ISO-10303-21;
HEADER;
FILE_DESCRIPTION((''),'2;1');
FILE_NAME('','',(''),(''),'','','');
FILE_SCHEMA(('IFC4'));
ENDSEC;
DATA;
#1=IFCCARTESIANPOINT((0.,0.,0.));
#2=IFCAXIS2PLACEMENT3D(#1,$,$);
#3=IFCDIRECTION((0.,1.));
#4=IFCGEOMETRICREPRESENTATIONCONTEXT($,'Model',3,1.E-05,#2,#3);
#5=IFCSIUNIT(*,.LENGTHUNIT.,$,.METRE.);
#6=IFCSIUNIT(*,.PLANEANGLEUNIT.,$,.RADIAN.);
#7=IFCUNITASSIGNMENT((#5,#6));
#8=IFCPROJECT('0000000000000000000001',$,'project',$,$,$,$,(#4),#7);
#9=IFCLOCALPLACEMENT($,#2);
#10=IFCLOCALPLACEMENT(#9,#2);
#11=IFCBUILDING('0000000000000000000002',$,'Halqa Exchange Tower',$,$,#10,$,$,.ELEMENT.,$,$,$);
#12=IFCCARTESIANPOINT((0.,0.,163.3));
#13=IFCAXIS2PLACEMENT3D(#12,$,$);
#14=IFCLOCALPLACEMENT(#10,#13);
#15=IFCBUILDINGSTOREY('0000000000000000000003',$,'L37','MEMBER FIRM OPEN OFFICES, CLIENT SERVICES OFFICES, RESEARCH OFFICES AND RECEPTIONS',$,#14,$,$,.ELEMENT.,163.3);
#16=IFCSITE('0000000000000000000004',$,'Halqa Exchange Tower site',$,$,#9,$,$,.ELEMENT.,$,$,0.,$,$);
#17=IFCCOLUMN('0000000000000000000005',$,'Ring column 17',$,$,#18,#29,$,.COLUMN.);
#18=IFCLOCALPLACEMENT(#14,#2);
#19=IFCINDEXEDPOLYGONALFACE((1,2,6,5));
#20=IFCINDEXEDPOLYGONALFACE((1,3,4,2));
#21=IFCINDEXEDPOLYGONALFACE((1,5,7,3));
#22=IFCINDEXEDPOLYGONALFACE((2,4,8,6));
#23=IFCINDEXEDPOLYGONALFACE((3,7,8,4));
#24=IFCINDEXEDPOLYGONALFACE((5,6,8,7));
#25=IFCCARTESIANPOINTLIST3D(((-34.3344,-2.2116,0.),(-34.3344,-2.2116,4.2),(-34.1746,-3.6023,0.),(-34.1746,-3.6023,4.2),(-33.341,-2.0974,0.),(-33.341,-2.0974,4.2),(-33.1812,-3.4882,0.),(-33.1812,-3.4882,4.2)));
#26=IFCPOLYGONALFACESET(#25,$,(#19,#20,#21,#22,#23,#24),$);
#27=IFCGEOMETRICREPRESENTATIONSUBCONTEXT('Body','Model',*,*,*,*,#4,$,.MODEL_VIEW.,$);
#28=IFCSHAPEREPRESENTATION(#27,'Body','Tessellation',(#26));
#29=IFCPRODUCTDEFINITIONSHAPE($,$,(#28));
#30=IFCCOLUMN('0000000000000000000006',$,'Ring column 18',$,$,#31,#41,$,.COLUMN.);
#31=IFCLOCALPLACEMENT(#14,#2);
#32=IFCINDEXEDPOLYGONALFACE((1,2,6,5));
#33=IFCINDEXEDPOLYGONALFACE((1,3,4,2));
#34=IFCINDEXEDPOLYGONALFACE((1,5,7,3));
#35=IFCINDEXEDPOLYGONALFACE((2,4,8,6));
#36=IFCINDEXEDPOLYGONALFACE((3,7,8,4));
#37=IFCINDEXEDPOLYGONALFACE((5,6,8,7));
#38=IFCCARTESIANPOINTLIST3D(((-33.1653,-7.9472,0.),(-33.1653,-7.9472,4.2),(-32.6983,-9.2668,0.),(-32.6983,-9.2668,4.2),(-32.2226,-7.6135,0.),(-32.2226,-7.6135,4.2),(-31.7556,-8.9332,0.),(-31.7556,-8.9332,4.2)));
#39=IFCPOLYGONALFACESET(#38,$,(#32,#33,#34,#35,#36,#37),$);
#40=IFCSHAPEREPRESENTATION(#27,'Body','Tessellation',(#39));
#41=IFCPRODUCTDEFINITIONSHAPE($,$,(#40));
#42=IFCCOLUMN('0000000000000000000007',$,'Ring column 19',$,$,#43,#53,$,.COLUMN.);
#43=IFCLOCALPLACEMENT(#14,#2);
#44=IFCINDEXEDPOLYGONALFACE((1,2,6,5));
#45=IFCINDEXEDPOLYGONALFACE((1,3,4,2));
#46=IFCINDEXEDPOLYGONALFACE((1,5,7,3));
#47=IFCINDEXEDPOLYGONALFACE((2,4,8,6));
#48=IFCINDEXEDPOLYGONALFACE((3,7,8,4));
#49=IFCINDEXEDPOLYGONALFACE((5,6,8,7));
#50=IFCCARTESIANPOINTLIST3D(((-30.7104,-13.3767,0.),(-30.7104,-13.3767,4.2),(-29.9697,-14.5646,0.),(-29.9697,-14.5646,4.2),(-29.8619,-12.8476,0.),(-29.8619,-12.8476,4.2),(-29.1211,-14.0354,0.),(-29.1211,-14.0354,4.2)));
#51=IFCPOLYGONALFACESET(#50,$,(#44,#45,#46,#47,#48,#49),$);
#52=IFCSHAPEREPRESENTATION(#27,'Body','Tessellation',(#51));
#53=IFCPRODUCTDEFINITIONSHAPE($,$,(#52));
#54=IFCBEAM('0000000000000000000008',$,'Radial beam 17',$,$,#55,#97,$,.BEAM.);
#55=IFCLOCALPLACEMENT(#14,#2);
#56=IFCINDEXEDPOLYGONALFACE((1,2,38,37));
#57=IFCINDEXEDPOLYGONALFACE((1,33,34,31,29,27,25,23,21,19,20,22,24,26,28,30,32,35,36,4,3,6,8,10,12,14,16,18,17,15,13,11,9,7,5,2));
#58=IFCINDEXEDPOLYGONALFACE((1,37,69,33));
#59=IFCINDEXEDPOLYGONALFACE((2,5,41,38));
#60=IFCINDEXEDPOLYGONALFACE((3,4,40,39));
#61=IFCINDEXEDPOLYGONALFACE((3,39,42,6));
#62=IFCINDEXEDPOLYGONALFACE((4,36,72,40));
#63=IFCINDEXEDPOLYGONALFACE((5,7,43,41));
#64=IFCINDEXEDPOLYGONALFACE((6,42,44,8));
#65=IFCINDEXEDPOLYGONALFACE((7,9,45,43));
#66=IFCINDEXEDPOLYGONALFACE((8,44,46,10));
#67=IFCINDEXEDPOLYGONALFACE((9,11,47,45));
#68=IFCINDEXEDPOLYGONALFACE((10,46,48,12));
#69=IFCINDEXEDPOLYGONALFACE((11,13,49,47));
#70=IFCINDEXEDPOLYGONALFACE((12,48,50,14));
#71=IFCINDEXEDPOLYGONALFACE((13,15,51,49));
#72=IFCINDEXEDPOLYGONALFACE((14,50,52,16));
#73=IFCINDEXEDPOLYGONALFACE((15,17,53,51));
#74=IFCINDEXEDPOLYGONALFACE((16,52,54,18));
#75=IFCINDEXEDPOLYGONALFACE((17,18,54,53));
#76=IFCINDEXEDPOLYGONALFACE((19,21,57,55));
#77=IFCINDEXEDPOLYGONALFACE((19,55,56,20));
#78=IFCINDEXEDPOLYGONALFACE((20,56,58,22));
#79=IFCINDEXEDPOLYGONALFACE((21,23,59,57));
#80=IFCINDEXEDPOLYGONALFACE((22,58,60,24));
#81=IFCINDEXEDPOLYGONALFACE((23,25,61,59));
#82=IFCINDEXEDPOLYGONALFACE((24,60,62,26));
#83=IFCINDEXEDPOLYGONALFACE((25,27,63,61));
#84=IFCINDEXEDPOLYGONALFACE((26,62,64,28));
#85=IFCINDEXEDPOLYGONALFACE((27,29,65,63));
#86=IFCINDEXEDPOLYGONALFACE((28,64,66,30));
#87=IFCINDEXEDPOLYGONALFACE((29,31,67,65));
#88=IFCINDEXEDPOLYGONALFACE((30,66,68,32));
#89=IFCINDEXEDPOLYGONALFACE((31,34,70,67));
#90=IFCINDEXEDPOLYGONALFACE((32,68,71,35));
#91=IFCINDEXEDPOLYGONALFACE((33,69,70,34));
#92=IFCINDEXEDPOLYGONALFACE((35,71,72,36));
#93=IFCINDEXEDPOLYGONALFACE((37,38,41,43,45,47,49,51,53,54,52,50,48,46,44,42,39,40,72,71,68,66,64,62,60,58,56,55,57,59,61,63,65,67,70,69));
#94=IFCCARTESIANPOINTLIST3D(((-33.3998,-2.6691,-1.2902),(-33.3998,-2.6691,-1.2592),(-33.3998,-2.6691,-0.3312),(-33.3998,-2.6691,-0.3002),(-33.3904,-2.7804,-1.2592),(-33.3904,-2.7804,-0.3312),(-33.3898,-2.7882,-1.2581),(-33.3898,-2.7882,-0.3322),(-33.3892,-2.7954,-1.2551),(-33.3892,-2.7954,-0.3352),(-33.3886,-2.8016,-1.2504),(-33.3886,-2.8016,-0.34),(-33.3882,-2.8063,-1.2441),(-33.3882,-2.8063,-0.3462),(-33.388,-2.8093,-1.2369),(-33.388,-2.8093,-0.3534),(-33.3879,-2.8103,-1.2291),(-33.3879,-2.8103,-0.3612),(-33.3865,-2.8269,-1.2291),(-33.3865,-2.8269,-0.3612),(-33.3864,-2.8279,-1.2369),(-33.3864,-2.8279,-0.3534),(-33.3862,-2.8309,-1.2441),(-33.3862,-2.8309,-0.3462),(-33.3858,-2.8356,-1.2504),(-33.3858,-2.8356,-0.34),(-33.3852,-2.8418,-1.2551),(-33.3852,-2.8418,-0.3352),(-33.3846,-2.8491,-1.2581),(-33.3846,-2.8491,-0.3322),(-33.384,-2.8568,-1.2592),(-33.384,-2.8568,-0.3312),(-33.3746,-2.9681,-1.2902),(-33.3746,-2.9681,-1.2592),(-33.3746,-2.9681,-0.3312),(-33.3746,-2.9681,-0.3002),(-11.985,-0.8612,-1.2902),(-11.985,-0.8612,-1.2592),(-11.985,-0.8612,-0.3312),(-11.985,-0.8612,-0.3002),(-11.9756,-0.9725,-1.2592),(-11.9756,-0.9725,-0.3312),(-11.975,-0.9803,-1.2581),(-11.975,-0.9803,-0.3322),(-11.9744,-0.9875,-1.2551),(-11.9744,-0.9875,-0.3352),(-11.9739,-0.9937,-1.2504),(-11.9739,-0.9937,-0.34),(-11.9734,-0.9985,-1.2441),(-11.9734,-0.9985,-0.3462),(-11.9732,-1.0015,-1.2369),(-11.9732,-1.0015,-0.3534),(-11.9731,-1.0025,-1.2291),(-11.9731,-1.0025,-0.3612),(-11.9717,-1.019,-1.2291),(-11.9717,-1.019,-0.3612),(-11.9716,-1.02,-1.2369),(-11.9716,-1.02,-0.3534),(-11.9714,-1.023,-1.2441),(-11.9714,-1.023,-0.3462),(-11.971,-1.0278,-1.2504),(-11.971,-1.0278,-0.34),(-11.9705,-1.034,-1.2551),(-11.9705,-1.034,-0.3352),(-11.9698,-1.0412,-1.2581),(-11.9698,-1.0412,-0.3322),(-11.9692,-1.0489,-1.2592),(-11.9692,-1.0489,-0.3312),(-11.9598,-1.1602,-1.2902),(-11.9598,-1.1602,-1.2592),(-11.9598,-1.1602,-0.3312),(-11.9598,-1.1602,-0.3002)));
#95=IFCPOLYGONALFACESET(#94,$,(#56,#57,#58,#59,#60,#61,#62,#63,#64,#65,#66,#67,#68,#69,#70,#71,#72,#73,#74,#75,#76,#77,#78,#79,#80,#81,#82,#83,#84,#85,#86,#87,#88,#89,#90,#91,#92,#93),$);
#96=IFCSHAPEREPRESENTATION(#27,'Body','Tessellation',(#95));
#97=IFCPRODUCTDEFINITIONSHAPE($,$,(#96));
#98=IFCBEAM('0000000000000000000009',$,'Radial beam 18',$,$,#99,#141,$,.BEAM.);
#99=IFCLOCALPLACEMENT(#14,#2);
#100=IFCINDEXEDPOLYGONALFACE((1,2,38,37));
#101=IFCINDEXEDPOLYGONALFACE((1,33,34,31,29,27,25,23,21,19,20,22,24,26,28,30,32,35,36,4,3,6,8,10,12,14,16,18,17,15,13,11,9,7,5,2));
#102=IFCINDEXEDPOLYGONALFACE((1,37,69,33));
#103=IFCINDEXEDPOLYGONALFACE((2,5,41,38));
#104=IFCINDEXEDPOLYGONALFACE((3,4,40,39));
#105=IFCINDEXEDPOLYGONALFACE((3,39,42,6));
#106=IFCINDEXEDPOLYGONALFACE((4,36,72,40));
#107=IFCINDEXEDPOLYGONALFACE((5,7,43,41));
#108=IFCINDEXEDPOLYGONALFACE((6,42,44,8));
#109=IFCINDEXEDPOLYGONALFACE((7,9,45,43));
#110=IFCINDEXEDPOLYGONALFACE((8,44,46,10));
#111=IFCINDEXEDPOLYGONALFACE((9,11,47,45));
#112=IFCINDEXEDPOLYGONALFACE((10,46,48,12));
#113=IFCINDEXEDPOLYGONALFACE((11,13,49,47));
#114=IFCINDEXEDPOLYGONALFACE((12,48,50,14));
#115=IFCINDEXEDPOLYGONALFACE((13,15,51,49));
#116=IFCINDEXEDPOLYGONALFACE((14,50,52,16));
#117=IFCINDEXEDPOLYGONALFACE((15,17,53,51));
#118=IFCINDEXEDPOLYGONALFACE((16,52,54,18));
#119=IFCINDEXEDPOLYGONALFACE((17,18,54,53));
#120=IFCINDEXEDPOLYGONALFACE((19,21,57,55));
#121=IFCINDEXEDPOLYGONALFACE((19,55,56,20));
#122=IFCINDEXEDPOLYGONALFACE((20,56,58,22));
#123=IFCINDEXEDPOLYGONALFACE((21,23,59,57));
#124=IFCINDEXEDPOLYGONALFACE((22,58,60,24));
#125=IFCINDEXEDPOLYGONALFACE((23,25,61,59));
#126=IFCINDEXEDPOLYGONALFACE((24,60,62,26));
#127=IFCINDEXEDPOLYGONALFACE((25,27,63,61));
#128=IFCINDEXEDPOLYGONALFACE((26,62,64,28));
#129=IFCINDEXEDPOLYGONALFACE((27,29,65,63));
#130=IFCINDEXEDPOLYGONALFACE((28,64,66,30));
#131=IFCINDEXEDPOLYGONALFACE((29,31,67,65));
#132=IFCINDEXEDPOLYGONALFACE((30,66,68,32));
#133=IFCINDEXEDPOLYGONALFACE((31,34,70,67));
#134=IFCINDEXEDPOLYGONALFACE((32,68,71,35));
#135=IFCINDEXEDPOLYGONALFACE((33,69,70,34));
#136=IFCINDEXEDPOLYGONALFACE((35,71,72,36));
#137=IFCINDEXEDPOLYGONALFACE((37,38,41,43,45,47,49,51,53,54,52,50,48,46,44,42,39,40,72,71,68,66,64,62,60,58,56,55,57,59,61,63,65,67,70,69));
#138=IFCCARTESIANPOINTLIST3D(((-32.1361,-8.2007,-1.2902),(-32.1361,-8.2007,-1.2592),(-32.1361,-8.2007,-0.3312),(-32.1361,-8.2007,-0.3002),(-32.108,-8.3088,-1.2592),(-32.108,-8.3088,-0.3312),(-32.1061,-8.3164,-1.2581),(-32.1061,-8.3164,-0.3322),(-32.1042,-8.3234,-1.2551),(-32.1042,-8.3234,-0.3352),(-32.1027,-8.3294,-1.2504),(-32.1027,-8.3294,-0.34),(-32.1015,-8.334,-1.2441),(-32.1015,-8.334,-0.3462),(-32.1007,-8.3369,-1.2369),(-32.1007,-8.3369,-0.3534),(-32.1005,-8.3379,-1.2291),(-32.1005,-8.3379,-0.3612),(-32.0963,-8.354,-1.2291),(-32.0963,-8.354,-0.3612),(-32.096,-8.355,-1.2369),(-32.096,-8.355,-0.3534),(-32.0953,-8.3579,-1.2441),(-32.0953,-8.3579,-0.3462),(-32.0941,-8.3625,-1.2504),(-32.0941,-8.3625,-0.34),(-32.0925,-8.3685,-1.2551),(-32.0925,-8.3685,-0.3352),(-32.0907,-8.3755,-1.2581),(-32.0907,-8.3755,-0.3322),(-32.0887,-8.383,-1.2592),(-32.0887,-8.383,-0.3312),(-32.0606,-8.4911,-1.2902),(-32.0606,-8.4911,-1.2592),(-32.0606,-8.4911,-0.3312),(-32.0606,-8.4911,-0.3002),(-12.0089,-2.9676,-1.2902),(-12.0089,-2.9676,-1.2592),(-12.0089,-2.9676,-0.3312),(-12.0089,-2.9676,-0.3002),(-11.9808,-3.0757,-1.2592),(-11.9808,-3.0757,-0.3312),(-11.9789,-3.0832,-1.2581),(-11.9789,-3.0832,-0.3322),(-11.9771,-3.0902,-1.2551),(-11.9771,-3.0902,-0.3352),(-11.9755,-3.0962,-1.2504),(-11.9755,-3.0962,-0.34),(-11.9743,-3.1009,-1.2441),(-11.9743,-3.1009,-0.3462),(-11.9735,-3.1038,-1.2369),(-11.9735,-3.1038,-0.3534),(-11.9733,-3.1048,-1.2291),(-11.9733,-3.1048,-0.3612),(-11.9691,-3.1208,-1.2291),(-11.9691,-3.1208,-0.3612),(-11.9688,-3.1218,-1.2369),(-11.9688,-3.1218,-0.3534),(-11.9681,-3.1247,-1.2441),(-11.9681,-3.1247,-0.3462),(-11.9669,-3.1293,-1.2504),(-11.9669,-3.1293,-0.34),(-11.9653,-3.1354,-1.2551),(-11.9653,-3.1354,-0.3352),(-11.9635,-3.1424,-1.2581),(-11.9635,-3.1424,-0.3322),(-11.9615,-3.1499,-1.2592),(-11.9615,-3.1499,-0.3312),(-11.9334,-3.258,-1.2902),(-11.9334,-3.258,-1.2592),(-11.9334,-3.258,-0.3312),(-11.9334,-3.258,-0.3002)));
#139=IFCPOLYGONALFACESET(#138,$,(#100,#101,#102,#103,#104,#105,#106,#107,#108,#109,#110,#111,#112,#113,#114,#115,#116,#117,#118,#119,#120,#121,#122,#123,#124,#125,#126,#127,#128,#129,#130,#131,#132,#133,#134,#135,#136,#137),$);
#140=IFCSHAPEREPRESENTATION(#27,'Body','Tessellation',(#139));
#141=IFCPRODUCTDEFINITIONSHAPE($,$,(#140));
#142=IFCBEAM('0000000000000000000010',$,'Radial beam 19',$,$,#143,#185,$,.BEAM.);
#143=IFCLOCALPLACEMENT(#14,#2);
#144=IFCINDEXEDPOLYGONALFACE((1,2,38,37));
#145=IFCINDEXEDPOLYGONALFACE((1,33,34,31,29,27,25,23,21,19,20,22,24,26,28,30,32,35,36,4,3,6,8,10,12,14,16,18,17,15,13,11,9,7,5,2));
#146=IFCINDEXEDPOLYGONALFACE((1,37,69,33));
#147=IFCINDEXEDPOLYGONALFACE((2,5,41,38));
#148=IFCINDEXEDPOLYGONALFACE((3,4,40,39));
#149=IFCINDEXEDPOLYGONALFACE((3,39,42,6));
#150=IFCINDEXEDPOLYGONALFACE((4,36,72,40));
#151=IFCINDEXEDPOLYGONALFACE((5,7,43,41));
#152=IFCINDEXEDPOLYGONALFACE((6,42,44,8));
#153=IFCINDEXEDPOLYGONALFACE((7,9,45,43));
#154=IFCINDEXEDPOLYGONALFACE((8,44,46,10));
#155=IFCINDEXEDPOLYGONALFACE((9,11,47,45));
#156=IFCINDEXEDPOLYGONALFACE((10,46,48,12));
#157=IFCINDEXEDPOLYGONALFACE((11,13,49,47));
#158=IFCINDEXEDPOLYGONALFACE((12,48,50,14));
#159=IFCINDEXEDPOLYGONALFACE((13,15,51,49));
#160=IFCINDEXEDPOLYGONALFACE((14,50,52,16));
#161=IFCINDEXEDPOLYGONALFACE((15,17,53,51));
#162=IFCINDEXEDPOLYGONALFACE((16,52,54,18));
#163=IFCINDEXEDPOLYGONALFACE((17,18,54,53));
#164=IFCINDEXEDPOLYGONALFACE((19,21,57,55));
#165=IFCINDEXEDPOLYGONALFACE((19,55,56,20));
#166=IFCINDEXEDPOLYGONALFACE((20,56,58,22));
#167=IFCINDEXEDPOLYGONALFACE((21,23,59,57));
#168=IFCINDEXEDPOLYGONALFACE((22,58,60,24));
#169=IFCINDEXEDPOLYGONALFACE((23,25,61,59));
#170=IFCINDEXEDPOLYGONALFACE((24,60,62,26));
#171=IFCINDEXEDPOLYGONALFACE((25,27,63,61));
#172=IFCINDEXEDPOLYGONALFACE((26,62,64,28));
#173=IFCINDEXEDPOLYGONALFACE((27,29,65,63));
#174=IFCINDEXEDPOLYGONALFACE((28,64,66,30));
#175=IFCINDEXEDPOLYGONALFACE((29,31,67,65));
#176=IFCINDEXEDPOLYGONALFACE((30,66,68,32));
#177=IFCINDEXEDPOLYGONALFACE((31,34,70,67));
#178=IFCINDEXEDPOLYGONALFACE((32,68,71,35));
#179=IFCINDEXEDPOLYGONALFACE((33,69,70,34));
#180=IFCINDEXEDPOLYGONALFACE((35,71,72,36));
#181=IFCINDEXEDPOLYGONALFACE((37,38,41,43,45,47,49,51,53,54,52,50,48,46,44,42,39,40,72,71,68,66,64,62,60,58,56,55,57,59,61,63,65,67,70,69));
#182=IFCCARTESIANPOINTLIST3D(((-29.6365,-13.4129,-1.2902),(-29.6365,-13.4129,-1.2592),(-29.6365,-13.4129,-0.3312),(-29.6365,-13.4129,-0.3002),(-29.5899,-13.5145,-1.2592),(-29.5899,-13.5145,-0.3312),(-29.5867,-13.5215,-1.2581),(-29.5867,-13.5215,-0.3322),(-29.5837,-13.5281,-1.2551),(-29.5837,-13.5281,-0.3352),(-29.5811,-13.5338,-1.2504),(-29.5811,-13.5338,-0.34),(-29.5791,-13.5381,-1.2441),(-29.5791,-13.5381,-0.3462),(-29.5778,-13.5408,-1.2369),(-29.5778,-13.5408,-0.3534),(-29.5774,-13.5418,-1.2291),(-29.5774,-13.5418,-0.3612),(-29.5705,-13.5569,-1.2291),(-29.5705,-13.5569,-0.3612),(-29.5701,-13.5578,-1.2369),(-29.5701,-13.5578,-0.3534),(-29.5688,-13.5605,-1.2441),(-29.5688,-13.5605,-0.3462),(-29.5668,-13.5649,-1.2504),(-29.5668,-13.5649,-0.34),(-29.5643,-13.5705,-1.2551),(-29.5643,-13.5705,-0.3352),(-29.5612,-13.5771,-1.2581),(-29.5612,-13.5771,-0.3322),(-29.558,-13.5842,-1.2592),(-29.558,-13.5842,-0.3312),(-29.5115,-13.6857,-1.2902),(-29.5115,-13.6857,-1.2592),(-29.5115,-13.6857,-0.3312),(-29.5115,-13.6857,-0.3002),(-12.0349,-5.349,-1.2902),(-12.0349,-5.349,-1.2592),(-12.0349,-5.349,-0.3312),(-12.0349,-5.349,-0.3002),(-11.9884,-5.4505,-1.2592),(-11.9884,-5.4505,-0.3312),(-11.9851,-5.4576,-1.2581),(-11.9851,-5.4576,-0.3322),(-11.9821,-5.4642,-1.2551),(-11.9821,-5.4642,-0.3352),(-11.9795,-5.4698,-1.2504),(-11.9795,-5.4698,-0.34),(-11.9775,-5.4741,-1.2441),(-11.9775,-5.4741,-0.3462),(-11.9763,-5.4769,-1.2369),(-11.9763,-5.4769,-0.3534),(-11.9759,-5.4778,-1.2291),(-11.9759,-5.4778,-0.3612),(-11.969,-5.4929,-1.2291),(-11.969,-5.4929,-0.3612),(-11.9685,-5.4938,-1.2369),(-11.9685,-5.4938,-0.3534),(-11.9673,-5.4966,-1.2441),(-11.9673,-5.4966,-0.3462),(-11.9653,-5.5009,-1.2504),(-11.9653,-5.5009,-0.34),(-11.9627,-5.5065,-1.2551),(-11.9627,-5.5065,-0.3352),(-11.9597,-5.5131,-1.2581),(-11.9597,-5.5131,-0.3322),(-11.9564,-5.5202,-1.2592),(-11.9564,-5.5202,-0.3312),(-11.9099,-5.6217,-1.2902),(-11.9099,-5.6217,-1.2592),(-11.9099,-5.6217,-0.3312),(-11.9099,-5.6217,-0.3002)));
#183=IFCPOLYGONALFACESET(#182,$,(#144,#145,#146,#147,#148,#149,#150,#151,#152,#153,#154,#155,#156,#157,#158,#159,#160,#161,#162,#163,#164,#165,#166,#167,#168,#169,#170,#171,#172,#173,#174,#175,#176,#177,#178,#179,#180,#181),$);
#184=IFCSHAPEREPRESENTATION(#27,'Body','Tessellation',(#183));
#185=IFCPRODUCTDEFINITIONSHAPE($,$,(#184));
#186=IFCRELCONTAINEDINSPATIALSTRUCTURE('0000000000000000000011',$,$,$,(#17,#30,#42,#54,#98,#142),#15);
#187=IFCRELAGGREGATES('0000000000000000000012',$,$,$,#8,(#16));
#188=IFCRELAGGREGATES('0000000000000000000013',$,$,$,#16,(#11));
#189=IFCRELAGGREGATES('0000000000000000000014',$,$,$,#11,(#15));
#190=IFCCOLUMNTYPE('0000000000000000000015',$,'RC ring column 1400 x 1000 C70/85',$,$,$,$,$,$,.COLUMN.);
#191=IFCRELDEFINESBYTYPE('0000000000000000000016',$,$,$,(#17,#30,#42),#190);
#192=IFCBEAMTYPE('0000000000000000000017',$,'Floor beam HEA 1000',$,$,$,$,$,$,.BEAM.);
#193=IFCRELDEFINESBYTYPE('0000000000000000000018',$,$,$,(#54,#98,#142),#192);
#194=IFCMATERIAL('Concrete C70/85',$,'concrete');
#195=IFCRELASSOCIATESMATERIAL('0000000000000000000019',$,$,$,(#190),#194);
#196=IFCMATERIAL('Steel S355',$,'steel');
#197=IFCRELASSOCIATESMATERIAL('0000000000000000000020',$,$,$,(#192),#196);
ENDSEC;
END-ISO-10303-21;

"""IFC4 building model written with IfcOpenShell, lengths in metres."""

from ifc_helpers import new_model, si_unit, direction, frame, origin, origin_2d, place, context, subcontext, project, spatial, rectangle, i_section, extrude, material, material_profile, profile_set, type_object, element, save


model = new_model("IFC4")

# Units and contexts
model_context = context("Model", 3, precision=1e-05, world=origin(), true_north=direction((0.0, 1.0)))
body_context = subcontext(model_context, "Body", "Model", "MODEL_VIEW")
ifc_project = project(units=[si_unit("LENGTHUNIT", "METRE"), si_unit("PLANEANGLEUNIT", "RADIAN")], contexts=[model_context])

# Site, building, storey
site_placement = place(None, origin())
site = spatial("IfcSite", under=ifc_project, at=site_placement, Name="Halqa Exchange Tower site", CompositionType="ELEMENT", RefElevation=0.0)
building_placement = place(site_placement, origin())
building = spatial("IfcBuilding", under=site, at=building_placement, Name="Halqa Exchange Tower", CompositionType="ELEMENT")
storey_placement = place(building_placement, frame((0.0, 0.0, 163.3)))
storey = spatial("IfcBuildingStorey", under=building, at=storey_placement, Name="L37", Description="MEMBER FIRM OPEN OFFICES, CLIENT SERVICES OFFICES, RESEARCH OFFICES AND RECEPTIONS", CompositionType="ELEMENT", Elevation=163.3)

# Columns
ifc_material_1 = material(Name="Concrete C70/85", Category="concrete")
ifc_material_profile_1 = material_profile(ifc_material_1, rectangle(XDim=1.3999, YDim=1.0, at=origin_2d()), Name="1400 x 1000")
ifc_profile_set_1 = profile_set([ifc_material_profile_1], Name="Concrete C70/85")
column_type = type_object("IfcColumnType", Name="RC ring column 1400 x 1000 C70/85", PredefinedType="COLUMN", material=ifc_profile_set_1)
for number, where, z_axis, x_axis, name in (
    (1, (-33.7578, -2.8499, 0.0), (0.0, 0.0, 1.0), (0.114155, -0.993463, 0.0), "Ring column 17"),
    (2, (-32.4604, -8.4402, 0.0), (0.0, 0.0, 1.0), (0.333634, -0.942703, 0.0), "Ring column 18"),
    (3, (-29.9158, -13.7061, 0.0), (0.0, 0.0, 1.0), (0.529143, -0.848532, 0.0), "Ring column 19"),
):
    element("IfcColumn", number, at=place(storey_placement, frame(where, z_axis=z_axis, x_axis=x_axis)), inside=storey, type_object=column_type, Name=name, PredefinedType="COLUMN", context=body_context, shape_type="SweptSolid", body=[
        extrude(rectangle(XDim=1.3999, YDim=1.0, at=origin_2d()), origin(), (0.0, 0.0, 1.0), 4.2),
    ])

# Beams
ifc_material_2 = material(Name="Steel S355", Category="steel")
ifc_material_profile_2 = material_profile(ifc_material_2, i_section(OverallWidth=0.3, OverallDepth=0.99, WebThickness=0.0166, FlangeThickness=0.031, FilletRadius=0.03, at=origin_2d()), Name="HEA 1000")
ifc_profile_set_2 = profile_set([ifc_material_profile_2], Name="Steel S355")
beam_type_1 = type_object("IfcBeamType", Name="Floor beam HEA 1000", PredefinedType="BEAM", material=ifc_profile_set_2)
beam_1_placement = place(storey_placement, frame((-11.9724, -1.0107, -0.7952), z_axis=(-0.996455, -0.084122, 0.0), x_axis=(0.084122, -0.996455, 0.0)))
element("IfcBeam", 4, at=beam_1_placement, inside=storey, type_object=beam_type_1, Name="Radial beam 17", PredefinedType="BEAM", context=body_context, shape_type="SweptSolid", body=[
    extrude(i_section(OverallWidth=0.3, OverallDepth=0.99, WebThickness=0.0166, FlangeThickness=0.031, FilletRadius=0.03, at=origin_2d()), origin(), (0.0, 0.0, 1.0), 21.491),
])
beam_2_placement = place(storey_placement, frame((-11.9712, -3.1128, -0.7952), z_axis=(-0.967822, -0.251638, 0.0), x_axis=(0.251638, -0.967822, 0.0)))
element("IfcBeam", 5, at=beam_2_placement, inside=storey, type_object=beam_type_1, Name="Radial beam 18", PredefinedType="BEAM", context=body_context, shape_type="SweptSolid", body=[
    extrude(i_section(OverallWidth=0.3, OverallDepth=0.99, WebThickness=0.0166, FlangeThickness=0.031, FilletRadius=0.03, at=origin_2d()), origin(), (0.0, 0.0, 1.0), 20.7964),
])
beam_3_placement = place(storey_placement, frame((-11.9724, -5.4854, -0.7952), z_axis=(-0.909132, -0.416509, 0.0), x_axis=(0.416509, -0.909132, 0.0)))
element("IfcBeam", 6, at=beam_3_placement, inside=storey, type_object=beam_type_1, Name="Radial beam 19", PredefinedType="BEAM", context=body_context, shape_type="SweptSolid", body=[
    extrude(i_section(OverallWidth=0.3, OverallDepth=0.99, WebThickness=0.0166, FlangeThickness=0.031, FilletRadius=0.03, at=origin_2d()), origin(), (0.0, 0.0, 1.0), 19.3608),
])

save(model, "model.ifc")
